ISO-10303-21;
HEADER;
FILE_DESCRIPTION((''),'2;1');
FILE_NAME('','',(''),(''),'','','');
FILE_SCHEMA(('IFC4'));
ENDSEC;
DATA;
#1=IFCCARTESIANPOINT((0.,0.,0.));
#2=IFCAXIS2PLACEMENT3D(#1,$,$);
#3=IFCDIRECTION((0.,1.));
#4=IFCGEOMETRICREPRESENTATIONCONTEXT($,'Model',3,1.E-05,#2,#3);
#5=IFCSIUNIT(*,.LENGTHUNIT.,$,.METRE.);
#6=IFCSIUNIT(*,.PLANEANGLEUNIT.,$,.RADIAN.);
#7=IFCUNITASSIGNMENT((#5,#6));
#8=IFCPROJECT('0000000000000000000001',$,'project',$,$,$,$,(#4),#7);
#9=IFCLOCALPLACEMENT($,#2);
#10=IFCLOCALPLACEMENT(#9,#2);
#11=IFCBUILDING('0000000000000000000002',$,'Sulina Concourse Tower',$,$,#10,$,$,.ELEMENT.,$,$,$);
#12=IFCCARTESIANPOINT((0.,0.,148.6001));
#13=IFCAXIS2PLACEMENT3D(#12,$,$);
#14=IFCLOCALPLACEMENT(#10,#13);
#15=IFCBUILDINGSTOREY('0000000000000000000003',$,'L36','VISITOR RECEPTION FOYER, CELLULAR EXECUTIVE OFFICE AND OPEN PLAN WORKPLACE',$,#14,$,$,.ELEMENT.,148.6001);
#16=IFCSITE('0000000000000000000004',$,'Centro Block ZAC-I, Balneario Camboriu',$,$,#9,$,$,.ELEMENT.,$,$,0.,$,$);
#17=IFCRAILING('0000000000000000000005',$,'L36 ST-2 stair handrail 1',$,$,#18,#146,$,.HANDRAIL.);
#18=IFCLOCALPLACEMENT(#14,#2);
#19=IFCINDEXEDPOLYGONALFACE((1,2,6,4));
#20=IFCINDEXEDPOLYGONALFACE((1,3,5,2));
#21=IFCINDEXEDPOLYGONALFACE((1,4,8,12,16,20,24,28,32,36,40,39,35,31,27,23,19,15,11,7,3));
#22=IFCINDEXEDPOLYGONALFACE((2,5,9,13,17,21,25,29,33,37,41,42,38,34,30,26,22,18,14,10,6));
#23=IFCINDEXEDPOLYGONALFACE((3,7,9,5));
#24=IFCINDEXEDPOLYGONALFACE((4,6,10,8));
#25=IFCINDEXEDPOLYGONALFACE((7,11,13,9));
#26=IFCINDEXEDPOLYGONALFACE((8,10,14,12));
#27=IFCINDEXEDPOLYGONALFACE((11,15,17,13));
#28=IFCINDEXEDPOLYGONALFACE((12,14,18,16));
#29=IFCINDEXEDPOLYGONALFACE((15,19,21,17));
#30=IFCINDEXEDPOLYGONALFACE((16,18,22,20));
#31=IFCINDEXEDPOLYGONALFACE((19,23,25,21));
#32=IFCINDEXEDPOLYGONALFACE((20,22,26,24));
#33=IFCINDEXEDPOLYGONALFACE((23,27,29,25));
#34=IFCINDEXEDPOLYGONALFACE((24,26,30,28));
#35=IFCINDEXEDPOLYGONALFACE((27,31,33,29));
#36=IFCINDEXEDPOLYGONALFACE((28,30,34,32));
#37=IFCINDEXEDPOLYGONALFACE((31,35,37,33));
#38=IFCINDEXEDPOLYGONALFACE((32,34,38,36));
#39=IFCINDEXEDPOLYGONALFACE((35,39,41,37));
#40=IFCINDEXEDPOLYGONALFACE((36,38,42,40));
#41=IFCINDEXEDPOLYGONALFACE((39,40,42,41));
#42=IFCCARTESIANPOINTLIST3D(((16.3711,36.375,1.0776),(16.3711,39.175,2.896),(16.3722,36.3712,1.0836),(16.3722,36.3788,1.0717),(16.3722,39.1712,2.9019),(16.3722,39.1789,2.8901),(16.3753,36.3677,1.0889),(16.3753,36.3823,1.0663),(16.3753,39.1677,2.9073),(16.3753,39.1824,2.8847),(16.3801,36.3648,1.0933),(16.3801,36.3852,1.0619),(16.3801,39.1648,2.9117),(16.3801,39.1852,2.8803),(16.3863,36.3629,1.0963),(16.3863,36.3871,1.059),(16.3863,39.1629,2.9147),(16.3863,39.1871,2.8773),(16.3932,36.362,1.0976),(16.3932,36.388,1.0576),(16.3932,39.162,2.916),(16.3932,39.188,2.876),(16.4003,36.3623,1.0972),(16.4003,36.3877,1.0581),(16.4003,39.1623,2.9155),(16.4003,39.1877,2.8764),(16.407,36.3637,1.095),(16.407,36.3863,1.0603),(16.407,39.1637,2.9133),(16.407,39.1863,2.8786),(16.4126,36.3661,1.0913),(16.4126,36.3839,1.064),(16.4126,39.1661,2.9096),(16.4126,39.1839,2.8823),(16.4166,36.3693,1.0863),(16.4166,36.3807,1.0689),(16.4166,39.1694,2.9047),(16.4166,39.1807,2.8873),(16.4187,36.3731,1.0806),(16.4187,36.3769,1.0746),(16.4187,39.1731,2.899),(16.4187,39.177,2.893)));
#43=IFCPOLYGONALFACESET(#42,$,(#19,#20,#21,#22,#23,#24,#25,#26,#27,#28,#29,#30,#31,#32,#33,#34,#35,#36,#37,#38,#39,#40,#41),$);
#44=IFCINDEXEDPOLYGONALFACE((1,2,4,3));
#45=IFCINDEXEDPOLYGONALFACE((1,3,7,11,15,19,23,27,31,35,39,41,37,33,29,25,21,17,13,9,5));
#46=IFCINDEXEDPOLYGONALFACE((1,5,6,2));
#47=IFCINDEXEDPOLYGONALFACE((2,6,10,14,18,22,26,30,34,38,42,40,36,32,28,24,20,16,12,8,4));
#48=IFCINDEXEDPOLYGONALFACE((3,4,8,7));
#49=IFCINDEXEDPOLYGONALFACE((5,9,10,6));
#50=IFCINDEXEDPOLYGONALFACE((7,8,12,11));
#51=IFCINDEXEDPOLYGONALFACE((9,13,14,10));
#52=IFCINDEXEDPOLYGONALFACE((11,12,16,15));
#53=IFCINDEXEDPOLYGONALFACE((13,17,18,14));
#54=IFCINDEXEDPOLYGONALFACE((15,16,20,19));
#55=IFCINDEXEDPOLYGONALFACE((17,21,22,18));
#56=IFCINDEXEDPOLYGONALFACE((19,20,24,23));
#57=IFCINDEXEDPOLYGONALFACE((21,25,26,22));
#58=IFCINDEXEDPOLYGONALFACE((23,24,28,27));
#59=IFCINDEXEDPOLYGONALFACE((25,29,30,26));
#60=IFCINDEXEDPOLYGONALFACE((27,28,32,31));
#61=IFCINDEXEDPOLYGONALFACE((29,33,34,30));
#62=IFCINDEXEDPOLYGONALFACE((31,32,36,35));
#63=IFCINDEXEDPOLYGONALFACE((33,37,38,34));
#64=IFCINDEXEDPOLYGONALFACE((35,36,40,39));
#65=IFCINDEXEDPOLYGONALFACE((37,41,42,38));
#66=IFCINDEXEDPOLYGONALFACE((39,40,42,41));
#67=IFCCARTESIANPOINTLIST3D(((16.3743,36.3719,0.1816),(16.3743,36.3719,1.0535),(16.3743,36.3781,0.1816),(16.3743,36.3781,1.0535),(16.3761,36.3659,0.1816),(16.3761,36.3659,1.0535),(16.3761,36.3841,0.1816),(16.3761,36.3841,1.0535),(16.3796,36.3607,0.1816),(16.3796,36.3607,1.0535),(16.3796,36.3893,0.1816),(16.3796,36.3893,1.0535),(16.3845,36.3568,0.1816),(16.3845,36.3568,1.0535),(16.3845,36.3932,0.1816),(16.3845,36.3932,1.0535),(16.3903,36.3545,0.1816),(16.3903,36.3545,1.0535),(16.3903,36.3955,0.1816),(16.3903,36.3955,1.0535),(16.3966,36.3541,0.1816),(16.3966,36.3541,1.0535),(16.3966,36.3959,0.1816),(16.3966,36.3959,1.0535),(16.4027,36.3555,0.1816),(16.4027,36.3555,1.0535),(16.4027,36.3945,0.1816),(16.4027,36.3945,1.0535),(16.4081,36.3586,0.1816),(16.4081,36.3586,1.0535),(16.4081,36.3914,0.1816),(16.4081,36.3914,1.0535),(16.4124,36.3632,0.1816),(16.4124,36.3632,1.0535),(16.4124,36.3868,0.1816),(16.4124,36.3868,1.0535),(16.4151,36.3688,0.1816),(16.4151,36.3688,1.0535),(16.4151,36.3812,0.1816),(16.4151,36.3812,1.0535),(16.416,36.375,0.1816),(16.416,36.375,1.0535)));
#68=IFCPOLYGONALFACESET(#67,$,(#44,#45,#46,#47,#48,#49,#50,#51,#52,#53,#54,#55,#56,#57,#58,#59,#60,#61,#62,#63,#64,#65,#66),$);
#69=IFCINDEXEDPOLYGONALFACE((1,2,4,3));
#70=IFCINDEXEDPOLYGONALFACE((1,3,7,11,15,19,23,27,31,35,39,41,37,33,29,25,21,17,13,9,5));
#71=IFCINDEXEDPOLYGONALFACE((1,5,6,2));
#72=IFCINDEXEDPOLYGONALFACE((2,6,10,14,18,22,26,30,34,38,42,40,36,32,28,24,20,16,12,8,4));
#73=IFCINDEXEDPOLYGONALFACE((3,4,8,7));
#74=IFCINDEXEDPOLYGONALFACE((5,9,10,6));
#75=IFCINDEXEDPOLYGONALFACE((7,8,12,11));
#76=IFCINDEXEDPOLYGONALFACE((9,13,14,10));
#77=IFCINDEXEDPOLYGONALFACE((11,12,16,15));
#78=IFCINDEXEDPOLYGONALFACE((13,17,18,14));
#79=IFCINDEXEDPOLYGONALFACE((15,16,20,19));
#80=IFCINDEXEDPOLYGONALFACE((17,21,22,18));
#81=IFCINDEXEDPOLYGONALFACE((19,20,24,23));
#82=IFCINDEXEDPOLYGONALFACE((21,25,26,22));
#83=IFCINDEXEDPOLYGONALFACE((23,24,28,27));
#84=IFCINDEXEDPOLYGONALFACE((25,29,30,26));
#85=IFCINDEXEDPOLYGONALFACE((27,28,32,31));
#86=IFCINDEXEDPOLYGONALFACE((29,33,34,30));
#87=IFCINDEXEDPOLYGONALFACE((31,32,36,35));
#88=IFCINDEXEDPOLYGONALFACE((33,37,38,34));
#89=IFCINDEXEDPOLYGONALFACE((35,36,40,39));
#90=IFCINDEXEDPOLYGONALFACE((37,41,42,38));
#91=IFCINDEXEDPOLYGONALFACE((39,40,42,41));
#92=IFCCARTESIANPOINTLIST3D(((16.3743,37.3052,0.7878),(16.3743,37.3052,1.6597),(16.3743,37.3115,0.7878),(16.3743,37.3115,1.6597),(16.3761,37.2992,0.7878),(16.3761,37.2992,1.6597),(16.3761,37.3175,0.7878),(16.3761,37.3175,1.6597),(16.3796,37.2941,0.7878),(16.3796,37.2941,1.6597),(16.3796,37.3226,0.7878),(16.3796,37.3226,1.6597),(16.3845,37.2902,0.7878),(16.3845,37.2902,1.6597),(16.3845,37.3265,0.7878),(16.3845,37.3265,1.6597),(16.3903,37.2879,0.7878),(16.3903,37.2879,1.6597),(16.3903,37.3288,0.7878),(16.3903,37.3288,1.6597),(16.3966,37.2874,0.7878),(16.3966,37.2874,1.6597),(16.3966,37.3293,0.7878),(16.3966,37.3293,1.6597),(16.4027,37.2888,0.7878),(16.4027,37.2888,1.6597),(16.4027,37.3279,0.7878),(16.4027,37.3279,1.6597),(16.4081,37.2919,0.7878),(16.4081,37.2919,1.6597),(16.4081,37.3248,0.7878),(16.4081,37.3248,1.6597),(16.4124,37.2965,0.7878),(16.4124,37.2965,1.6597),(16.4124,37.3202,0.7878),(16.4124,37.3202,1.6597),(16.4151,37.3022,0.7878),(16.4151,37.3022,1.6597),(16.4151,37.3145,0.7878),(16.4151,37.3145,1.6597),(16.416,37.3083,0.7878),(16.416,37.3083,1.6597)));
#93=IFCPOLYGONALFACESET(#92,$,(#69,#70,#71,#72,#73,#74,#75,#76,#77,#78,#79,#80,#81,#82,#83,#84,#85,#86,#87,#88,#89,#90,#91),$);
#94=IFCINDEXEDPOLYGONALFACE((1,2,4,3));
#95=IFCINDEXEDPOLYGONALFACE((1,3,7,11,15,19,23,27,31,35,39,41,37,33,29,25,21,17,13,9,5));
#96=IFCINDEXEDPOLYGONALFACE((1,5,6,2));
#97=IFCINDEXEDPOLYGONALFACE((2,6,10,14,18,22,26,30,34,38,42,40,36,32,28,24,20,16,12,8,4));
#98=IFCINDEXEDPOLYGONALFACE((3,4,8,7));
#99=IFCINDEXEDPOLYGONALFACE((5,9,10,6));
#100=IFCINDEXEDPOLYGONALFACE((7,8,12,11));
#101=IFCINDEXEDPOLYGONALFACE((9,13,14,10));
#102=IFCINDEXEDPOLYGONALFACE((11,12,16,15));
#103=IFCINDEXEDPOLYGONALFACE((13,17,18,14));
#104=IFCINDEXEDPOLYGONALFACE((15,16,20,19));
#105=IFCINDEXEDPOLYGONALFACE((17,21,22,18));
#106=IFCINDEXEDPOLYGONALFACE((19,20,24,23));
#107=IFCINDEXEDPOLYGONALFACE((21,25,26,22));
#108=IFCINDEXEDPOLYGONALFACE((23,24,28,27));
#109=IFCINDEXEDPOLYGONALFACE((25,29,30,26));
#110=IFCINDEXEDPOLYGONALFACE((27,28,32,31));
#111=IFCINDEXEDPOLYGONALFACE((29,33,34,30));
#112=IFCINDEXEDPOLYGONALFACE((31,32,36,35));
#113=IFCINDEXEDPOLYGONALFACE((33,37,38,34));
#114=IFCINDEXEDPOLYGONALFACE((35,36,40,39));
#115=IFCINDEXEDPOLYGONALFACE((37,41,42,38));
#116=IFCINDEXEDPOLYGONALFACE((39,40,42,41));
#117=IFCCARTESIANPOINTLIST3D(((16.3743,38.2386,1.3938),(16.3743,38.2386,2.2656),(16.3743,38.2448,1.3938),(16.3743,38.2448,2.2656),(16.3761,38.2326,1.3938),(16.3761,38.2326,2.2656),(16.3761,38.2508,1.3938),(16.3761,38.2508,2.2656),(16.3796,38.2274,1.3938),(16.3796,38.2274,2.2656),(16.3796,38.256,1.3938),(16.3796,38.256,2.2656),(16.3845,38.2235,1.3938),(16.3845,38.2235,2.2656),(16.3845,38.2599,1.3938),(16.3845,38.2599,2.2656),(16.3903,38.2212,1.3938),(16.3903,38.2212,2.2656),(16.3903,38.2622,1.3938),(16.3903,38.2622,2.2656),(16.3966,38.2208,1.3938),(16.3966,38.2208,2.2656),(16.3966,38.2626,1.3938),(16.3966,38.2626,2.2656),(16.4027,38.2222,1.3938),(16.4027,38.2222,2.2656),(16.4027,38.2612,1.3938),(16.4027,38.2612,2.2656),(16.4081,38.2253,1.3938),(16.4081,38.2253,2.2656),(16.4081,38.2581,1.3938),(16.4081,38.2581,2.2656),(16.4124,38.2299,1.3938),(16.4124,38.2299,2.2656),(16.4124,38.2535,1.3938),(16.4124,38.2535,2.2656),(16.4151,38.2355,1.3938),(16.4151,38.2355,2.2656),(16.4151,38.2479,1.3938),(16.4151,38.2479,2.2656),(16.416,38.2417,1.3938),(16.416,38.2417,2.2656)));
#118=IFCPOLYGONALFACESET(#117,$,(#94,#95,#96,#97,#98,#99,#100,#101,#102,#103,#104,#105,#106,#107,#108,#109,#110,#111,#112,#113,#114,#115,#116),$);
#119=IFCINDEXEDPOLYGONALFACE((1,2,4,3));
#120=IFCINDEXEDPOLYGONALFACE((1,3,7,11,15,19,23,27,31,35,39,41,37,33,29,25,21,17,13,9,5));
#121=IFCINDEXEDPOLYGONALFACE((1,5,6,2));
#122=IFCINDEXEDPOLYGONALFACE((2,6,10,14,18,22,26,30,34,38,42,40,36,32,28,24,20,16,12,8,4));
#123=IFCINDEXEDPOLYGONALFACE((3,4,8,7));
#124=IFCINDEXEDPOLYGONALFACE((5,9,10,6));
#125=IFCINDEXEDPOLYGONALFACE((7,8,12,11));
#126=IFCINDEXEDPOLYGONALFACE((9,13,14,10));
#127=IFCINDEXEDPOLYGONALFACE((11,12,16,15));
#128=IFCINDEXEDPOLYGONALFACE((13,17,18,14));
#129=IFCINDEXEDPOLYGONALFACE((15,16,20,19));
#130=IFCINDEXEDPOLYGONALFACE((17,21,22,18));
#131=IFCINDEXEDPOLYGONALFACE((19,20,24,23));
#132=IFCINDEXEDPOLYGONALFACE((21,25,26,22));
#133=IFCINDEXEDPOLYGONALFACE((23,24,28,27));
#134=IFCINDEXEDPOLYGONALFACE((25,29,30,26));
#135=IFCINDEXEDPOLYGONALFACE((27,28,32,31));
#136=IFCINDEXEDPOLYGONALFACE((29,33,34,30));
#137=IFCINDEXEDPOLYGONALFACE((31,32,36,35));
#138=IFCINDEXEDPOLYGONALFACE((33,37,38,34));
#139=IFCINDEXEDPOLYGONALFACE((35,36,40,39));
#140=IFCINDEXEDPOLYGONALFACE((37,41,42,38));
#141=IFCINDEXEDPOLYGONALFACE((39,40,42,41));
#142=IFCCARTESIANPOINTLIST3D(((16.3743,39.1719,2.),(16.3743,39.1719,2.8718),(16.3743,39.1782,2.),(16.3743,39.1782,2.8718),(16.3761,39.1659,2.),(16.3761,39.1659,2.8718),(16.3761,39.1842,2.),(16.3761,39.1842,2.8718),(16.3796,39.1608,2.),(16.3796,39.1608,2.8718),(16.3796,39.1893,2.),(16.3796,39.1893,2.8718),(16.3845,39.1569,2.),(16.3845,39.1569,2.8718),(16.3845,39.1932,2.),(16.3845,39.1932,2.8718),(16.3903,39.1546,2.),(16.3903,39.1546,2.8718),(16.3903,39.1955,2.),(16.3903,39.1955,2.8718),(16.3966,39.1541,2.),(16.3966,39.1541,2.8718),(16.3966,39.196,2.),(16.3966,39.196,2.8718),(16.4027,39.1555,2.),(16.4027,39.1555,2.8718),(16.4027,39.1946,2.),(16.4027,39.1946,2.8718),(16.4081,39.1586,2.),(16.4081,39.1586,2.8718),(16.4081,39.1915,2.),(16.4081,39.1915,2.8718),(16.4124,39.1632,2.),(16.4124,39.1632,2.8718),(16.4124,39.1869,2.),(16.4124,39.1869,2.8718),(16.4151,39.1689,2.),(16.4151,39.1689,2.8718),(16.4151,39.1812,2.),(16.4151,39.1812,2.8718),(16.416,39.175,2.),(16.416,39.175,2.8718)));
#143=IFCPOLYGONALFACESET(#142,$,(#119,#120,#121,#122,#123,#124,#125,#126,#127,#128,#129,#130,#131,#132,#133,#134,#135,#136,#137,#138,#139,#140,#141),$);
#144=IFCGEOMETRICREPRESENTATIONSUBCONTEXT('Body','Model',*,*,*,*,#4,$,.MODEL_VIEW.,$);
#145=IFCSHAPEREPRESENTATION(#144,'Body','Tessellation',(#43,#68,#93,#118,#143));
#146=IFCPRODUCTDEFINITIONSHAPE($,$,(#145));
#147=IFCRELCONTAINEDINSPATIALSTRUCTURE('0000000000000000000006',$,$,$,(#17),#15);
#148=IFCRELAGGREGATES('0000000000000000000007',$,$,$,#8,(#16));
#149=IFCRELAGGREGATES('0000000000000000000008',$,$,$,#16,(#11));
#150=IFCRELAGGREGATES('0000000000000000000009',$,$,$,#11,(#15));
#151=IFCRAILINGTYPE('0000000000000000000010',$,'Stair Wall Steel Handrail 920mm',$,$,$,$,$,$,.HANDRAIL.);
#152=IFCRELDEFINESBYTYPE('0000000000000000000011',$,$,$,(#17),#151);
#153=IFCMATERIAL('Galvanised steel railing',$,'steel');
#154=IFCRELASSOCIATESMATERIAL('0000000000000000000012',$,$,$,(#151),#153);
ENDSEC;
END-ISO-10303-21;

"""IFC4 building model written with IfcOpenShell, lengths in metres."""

from ifc_helpers import new_model, si_unit, direction, frame, origin, origin_2d, place, context, subcontext, project, spatial, circle, extrude, material, type_object, element, save


model = new_model("IFC4")

# Units and contexts
model_context = context("Model", 3, precision=1e-05, world=origin(), true_north=direction((0.0, 1.0)))
body_context = subcontext(model_context, "Body", "Model", "MODEL_VIEW")
ifc_project = project(units=[si_unit("LENGTHUNIT", "METRE"), si_unit("PLANEANGLEUNIT", "RADIAN")], contexts=[model_context])

# Site, building, storey
site_placement = place(None, origin())
site = spatial("IfcSite", under=ifc_project, at=site_placement, Name="Centro Block ZAC-I, Balneario Camboriu", CompositionType="ELEMENT", RefElevation=0.0)
building_placement = place(site_placement, origin())
building = spatial("IfcBuilding", under=site, at=building_placement, Name="Sulina Concourse Tower", CompositionType="ELEMENT")
storey_placement = place(building_placement, frame((0.0, 0.0, 148.6001)))
storey = spatial("IfcBuildingStorey", under=building, at=storey_placement, Name="L36", Description="VISITOR RECEPTION FOYER, CELLULAR EXECUTIVE OFFICE AND OPEN PLAN WORKPLACE", CompositionType="ELEMENT", Elevation=148.6001)

# Railing
ifc_material_1 = material(Name="Galvanised steel railing", Category="steel")
railing_type_1 = type_object("IfcRailingType", Name="Stair Wall Steel Handrail 920mm", PredefinedType="HANDRAIL", material=ifc_material_1)
railing_1_placement = place(storey_placement, frame((16.395, 36.375, 0.1816)))
element("IfcRailing", 1, at=railing_1_placement, inside=storey, type_object=railing_type_1, Name="L36 ST-2 stair handrail 1", PredefinedType="HANDRAIL", context=body_context, shape_type="SweptSolid", body=[
    extrude(circle(Radius=0.0239, at=origin_2d()), frame((0.0, 0.0, 0.896), z_axis=(0.0, 0.838672, 0.544636), x_axis=(-1.0, 0.0, 0.0)), (0.0, 0.0, 1.0), 3.3386),
    extrude(circle(Radius=0.021, at=origin_2d()), origin(), (0.0, 0.0, 1.0), 0.8718),
    extrude(circle(Radius=0.021, at=origin_2d()), frame((0.0, 0.9333, 0.6062)), (0.0, 0.0, 1.0), 0.8718),
    extrude(circle(Radius=0.021, at=origin_2d()), frame((0.0, 1.8667, 1.2122)), (0.0, 0.0, 1.0), 0.8718),
    extrude(circle(Radius=0.021, at=origin_2d()), frame((0.0, 2.8, 1.8184)), (0.0, 0.0, 1.0), 0.8718),
])

save(model, "model.ifc")
